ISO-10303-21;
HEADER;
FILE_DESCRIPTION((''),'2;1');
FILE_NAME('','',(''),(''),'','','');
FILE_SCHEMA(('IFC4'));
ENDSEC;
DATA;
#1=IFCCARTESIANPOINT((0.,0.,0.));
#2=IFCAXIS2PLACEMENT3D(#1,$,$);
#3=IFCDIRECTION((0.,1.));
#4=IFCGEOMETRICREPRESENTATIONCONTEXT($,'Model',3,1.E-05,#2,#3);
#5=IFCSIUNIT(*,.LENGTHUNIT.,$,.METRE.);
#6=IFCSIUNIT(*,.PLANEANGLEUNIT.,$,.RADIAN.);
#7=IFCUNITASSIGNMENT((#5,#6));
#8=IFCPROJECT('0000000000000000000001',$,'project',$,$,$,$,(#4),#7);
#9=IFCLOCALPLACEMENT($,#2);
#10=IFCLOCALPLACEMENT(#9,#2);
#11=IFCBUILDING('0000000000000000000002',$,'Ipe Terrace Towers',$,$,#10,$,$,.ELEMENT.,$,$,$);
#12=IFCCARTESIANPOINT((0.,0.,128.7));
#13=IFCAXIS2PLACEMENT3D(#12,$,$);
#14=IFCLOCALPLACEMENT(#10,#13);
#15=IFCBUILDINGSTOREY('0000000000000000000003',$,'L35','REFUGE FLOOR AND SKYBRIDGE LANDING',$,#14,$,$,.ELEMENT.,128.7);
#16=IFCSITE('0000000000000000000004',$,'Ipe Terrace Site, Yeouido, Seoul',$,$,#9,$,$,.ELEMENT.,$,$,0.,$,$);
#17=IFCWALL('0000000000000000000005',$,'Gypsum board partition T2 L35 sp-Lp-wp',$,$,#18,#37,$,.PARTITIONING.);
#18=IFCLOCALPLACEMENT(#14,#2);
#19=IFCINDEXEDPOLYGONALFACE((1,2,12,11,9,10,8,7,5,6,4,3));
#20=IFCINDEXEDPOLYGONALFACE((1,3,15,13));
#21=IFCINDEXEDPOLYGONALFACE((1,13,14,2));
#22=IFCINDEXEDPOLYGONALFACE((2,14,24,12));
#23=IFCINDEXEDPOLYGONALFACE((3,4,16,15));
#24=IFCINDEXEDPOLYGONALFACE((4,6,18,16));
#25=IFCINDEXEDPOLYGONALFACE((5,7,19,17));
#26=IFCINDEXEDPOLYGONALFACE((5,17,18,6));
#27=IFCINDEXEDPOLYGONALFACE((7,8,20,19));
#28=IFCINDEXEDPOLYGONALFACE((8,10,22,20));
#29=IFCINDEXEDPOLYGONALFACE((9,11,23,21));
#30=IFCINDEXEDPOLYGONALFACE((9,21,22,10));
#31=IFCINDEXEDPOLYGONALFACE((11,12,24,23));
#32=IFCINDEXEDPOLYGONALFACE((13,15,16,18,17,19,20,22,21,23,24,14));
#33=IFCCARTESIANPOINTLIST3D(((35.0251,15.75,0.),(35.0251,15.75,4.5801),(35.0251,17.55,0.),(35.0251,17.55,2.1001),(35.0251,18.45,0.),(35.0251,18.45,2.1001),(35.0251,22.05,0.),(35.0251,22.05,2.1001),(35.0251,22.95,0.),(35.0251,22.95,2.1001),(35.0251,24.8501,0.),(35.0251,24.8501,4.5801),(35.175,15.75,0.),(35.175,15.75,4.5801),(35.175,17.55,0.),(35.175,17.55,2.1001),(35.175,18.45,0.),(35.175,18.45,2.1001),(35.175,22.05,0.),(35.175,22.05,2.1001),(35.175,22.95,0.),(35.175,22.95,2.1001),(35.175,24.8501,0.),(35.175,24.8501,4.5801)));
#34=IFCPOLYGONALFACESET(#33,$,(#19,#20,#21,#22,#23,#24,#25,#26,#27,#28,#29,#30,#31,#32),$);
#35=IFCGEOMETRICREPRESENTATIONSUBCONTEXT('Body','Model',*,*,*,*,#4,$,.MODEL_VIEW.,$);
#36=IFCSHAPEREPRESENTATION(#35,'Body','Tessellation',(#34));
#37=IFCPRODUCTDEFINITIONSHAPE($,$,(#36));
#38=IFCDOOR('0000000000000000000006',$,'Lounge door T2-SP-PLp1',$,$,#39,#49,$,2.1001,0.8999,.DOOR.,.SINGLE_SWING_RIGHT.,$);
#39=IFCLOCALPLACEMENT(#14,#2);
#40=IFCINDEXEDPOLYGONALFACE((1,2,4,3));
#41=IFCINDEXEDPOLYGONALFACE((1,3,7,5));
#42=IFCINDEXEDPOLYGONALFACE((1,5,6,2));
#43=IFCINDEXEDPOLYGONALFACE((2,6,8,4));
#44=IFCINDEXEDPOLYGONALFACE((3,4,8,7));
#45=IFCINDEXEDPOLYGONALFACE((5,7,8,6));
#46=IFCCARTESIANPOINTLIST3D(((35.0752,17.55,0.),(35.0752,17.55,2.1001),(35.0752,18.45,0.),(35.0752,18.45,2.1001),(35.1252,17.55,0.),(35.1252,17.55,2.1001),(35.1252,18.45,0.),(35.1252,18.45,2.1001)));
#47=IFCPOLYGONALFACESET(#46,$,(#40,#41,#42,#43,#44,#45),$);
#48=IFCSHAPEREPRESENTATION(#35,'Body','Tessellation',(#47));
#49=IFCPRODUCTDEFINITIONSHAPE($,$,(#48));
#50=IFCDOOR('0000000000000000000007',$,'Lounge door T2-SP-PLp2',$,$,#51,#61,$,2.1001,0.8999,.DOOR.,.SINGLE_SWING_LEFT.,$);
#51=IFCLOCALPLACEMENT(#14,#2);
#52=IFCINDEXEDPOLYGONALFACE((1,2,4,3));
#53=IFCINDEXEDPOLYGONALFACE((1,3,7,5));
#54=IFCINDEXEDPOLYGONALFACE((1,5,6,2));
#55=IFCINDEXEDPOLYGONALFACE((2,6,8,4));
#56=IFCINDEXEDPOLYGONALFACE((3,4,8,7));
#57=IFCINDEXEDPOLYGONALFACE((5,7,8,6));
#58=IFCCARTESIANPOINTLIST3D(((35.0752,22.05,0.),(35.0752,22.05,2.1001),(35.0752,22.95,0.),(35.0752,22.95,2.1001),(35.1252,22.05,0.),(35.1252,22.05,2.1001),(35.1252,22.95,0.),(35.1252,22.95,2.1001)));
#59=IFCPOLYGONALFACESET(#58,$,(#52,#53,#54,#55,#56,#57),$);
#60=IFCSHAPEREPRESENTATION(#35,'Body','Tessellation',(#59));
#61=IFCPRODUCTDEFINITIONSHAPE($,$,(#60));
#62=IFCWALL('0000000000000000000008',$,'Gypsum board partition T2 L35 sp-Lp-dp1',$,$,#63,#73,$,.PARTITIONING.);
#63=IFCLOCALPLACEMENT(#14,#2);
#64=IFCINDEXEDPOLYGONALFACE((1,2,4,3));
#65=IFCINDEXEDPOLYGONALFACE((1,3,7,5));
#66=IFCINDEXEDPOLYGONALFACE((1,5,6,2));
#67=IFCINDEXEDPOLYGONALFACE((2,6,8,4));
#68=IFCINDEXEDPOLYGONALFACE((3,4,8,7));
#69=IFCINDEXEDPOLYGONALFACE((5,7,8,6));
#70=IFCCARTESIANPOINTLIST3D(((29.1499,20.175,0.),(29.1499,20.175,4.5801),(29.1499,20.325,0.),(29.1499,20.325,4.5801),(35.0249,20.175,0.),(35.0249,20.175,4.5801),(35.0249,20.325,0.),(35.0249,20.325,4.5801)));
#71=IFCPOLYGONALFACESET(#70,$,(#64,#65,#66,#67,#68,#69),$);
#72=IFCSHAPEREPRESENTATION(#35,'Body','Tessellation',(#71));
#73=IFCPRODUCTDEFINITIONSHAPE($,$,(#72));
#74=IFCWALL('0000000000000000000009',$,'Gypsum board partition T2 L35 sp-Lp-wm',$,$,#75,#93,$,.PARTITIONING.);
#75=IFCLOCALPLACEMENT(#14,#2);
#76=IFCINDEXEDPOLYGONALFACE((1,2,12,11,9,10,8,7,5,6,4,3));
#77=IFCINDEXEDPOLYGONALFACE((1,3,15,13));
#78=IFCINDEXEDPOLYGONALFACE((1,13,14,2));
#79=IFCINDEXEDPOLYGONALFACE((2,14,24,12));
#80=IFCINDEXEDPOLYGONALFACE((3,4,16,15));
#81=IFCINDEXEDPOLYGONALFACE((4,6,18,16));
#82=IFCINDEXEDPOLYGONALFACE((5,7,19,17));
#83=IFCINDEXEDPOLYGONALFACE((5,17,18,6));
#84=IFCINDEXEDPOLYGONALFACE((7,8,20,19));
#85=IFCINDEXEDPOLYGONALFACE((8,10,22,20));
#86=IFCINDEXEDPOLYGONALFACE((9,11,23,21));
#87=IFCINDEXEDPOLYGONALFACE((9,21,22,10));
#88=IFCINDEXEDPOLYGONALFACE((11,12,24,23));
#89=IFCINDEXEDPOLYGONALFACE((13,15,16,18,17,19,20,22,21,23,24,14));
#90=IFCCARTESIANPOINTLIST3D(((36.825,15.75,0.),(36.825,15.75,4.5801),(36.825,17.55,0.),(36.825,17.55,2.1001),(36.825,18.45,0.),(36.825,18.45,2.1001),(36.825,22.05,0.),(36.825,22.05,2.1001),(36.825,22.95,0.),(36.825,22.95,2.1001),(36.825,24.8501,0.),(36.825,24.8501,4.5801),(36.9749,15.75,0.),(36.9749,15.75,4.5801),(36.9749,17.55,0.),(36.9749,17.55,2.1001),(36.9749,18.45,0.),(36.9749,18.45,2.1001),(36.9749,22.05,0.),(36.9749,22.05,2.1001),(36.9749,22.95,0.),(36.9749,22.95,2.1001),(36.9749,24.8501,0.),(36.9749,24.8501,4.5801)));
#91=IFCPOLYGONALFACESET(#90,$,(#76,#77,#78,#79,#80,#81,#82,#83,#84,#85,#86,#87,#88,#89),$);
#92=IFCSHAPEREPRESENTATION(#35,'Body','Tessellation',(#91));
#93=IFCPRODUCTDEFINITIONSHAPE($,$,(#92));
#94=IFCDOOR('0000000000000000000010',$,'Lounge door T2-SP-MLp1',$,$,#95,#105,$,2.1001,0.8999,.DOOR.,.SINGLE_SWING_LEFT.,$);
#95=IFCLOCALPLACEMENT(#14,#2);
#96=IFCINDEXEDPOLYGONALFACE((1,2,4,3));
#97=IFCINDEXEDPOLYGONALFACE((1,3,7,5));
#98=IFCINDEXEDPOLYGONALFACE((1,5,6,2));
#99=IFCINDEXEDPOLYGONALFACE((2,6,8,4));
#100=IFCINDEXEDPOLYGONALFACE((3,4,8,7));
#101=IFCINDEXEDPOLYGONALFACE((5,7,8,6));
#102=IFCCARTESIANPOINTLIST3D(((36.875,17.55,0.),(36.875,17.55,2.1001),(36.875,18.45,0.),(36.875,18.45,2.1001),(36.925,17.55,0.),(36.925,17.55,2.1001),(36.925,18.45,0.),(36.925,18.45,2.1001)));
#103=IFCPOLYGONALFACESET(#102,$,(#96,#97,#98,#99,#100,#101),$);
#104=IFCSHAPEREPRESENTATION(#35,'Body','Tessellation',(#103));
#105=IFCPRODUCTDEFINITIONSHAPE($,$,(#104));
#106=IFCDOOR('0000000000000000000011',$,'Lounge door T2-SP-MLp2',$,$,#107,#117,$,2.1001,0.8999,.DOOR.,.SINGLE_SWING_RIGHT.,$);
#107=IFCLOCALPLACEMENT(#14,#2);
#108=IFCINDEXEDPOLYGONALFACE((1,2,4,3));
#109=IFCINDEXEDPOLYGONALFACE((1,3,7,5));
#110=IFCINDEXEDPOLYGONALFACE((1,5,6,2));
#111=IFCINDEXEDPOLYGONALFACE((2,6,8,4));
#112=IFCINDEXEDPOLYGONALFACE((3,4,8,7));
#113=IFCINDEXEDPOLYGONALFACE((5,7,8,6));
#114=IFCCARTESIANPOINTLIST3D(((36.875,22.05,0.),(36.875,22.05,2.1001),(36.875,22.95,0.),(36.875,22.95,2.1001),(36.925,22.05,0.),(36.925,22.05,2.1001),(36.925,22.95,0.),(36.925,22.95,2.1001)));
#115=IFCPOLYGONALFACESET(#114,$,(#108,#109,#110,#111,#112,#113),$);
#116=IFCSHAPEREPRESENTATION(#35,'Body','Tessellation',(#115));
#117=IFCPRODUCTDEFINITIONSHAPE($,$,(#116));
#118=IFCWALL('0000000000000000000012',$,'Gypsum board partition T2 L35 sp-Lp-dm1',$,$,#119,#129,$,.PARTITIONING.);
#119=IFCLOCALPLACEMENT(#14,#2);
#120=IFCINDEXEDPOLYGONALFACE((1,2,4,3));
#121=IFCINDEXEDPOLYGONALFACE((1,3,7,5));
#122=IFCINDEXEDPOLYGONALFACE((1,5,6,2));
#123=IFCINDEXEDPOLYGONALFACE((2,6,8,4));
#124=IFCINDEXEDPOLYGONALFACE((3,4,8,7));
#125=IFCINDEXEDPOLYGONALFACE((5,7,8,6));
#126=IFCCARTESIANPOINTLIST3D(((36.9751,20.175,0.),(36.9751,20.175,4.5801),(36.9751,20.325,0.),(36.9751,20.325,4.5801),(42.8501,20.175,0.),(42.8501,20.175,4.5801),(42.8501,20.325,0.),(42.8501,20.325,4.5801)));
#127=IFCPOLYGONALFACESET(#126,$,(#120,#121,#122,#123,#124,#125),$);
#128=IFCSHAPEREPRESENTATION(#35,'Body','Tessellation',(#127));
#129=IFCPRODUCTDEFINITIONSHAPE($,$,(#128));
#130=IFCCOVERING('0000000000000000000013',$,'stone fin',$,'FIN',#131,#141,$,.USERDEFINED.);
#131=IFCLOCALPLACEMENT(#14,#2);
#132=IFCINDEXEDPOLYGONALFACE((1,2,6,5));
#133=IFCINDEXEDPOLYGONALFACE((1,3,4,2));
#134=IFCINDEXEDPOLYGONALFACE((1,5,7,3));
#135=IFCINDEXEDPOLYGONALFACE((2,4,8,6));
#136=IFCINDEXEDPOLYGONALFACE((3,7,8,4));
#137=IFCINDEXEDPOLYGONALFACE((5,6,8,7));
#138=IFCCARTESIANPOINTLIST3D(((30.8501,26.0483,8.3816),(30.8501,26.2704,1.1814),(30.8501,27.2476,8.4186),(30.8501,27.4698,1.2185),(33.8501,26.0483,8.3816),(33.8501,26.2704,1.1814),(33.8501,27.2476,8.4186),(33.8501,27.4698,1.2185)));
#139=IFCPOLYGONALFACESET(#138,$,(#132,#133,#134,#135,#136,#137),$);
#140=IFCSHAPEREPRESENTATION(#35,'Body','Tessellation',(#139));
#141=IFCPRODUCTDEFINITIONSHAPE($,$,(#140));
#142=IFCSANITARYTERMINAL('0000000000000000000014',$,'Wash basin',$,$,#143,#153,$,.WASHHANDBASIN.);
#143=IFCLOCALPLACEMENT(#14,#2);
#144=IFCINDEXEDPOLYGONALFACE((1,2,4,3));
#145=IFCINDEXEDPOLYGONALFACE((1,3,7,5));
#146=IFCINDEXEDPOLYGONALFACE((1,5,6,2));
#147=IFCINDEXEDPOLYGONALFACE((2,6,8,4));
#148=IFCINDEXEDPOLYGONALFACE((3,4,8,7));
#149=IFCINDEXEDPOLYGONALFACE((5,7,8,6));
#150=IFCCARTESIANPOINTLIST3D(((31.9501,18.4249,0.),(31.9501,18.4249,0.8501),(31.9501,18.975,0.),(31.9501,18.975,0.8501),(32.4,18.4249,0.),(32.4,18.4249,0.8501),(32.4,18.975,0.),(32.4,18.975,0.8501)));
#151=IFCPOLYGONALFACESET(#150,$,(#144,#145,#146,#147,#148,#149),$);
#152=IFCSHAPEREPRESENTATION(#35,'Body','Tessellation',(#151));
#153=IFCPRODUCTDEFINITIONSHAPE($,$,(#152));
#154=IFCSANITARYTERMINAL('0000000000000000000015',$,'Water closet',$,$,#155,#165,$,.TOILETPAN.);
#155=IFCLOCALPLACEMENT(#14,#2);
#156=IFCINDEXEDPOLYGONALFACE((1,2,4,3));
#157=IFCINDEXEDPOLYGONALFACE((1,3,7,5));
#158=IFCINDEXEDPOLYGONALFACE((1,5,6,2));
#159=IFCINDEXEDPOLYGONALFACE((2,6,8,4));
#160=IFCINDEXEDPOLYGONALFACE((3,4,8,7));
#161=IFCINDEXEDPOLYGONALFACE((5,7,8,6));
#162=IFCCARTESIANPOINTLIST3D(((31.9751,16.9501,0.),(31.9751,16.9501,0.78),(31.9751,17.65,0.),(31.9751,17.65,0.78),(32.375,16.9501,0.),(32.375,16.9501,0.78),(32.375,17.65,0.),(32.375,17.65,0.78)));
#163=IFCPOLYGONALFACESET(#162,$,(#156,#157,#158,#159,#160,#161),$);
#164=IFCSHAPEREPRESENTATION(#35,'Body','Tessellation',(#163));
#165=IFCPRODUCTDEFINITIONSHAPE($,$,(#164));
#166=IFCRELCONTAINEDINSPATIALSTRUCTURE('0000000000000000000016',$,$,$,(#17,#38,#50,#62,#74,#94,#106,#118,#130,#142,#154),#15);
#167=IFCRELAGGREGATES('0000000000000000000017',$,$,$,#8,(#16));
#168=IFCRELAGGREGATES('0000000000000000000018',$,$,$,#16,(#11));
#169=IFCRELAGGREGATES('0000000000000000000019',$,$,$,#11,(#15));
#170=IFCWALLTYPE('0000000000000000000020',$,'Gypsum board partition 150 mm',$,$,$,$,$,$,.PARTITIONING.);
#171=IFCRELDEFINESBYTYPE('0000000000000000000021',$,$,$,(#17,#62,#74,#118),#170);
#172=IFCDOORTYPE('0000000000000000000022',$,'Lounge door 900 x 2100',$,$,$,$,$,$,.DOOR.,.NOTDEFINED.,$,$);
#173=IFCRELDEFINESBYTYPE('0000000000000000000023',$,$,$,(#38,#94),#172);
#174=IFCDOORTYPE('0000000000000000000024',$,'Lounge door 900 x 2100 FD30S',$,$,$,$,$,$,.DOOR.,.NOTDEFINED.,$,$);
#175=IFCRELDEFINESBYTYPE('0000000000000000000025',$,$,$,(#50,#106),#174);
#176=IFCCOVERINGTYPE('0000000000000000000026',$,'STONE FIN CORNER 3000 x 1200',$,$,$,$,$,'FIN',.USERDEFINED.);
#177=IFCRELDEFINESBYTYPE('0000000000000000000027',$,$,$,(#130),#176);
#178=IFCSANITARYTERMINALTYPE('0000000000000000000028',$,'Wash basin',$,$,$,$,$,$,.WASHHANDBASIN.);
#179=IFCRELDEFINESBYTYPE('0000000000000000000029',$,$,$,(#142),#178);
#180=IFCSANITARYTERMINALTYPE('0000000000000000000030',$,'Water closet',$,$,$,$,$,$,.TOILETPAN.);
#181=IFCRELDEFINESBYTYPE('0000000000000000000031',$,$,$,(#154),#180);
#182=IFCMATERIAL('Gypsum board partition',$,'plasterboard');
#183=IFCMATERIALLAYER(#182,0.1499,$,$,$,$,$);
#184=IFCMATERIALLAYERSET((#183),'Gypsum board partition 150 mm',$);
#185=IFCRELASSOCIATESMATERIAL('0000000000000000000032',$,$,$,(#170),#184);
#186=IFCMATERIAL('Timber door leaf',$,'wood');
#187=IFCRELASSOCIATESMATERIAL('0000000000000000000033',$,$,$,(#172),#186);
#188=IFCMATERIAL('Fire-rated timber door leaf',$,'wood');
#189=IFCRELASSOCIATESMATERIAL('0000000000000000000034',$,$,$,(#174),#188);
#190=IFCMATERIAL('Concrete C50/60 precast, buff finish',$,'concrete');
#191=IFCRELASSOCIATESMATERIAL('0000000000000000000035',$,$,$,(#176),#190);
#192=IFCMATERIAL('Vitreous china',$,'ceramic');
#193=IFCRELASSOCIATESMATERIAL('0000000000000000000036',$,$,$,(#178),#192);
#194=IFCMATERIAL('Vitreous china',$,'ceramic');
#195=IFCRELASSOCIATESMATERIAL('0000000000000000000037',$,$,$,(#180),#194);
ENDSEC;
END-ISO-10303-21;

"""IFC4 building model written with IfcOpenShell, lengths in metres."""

from ifc_helpers import new_model, si_unit, direction, frame, frame_2d, origin, origin_2d, place, context, subcontext, project, spatial, rectangle, extrude, material, layer, layer_set, material_profile, profile_set, type_object, element, fill, save


model = new_model("IFC4")

# Units and contexts
model_context = context("Model", 3, precision=1e-05, world=origin(), true_north=direction((0.0, 1.0)))
body_context = subcontext(model_context, "Body", "Model", "MODEL_VIEW")
ifc_project = project(units=[si_unit("LENGTHUNIT", "METRE"), si_unit("PLANEANGLEUNIT", "RADIAN")], contexts=[model_context])

# Site, building, storey
site_placement = place(None, origin())
site = spatial("IfcSite", under=ifc_project, at=site_placement, Name="Ipe Terrace Site, Yeouido, Seoul", CompositionType="ELEMENT", RefElevation=0.0)
building_placement = place(site_placement, origin())
building = spatial("IfcBuilding", under=site, at=building_placement, Name="Ipe Terrace Towers", CompositionType="ELEMENT")
storey_placement = place(building_placement, frame((0.0, 0.0, 128.7)))
storey = spatial("IfcBuildingStorey", under=building, at=storey_placement, Name="L35", Description="REFUGE FLOOR AND SKYBRIDGE LANDING", CompositionType="ELEMENT", Elevation=128.7)

# Wall, openings, doors
ifc_material_1 = material(Name="Gypsum board partition", Category="plasterboard")
ifc_layer_1 = layer(ifc_material_1, 0.1499)
ifc_layer_set_1 = layer_set([ifc_layer_1], Name="Gypsum board partition 150 mm")
wall_type_1 = type_object("IfcWallType", Name="Gypsum board partition 150 mm", PredefinedType="PARTITIONING", material=ifc_layer_set_1)
wall_1_placement = place(storey_placement, frame((35.1001, 15.75, 0.0), z_axis=(0.0, 0.0, 1.0), x_axis=(0.0, 1.0, 0.0)))
wall_1 = element("IfcWall", 1, at=wall_1_placement, inside=storey, type_object=wall_type_1, Name="Gypsum board partition T2 L35 sp-Lp-wp", PredefinedType="PARTITIONING", context=body_context, shape_type="SweptSolid", body=[
    extrude(rectangle(XDim=9.1001, YDim=0.1499, at=frame_2d((4.55, 0.0))), origin(), (0.0, 0.0, 1.0), 4.5801),
])
opening_1_placement = place(wall_1_placement, frame((1.8, 0.0, 0.0)))
opening_1 = element("IfcOpeningElement", 2, at=opening_1_placement, cuts=wall_1, PredefinedType="OPENING", context=body_context, shape_type="SweptSolid", body=[
    extrude(rectangle(XDim=0.8999, YDim=2.1001, at=frame_2d((0.45, 1.05))), frame((0.0, 0.085, 0.0), z_axis=(0.0, -1.0, 0.0), x_axis=(1.0, 0.0, 0.0)), (0.0, 0.0, 1.0), 0.1699),
])
opening_2_placement = place(wall_1_placement, frame((6.3, 0.0, 0.0)))
opening_2 = element("IfcOpeningElement", 3, at=opening_2_placement, cuts=wall_1, PredefinedType="OPENING", context=body_context, shape_type="SweptSolid", body=[
    extrude(rectangle(XDim=0.8999, YDim=2.1001, at=frame_2d((0.45, 1.05))), frame((0.0, 0.085, 0.0), z_axis=(0.0, -1.0, 0.0), x_axis=(1.0, 0.0, 0.0)), (0.0, 0.0, 1.0), 0.1699),
])
ifc_material_2 = material(Name="Timber door leaf", Category="wood")
door_type_1 = type_object("IfcDoorType", Name="Lounge door 900 x 2100", OperationType="NOTDEFINED", PredefinedType="DOOR", material=ifc_material_2)
door_1_placement = place(opening_1_placement, origin())
door_1 = element("IfcDoor", 4, at=door_1_placement, inside=storey, type_object=door_type_1, Name="Lounge door T2-SP-PLp1", OperationType="SINGLE_SWING_RIGHT", OverallHeight=2.1001, OverallWidth=0.8999, PredefinedType="DOOR", context=body_context, shape_type="SweptSolid", body=[
    extrude(rectangle(XDim=0.8999, YDim=2.1001, at=frame_2d((0.45, 1.05))), frame((0.0, 0.0249, 0.0), z_axis=(0.0, -1.0, 0.0), x_axis=(1.0, 0.0, 0.0)), (0.0, 0.0, 1.0), 0.05),
])
fill(opening_1, door_1)
ifc_material_3 = material(Name="Fire-rated timber door leaf", Category="wood")
door_type_2 = type_object("IfcDoorType", Name="Lounge door 900 x 2100 FD30S", OperationType="NOTDEFINED", PredefinedType="DOOR", material=ifc_material_3)
door_2_placement = place(opening_2_placement, origin())
door_2 = element("IfcDoor", 5, at=door_2_placement, inside=storey, type_object=door_type_2, Name="Lounge door T2-SP-PLp2", OperationType="SINGLE_SWING_LEFT", OverallHeight=2.1001, OverallWidth=0.8999, PredefinedType="DOOR", context=body_context, shape_type="SweptSolid", body=[
    extrude(rectangle(XDim=0.8999, YDim=2.1001, at=frame_2d((0.45, 1.05))), frame((0.0, 0.0249, 0.0), z_axis=(0.0, -1.0, 0.0), x_axis=(1.0, 0.0, 0.0)), (0.0, 0.0, 1.0), 0.05),
])
fill(opening_2, door_2)

# Wall
wall_2_placement = place(storey_placement, frame((35.0249, 20.25, 0.0), z_axis=(0.0, 0.0, 1.0), x_axis=(-1.0, 0.0, 0.0)))
element("IfcWall", 6, at=wall_2_placement, inside=storey, type_object=wall_type_1, Name="Gypsum board partition T2 L35 sp-Lp-dp1", PredefinedType="PARTITIONING", context=body_context, shape_type="SweptSolid", body=[
    extrude(rectangle(XDim=5.875, YDim=0.1499, at=frame_2d((2.9375, 0.0))), origin(), (0.0, 0.0, 1.0), 4.5801),
])

# Wall, openings, doors
wall_3_placement = place(storey_placement, frame((36.8999, 15.75, 0.0), z_axis=(0.0, 0.0, 1.0), x_axis=(0.0, 1.0, 0.0)))
wall_3 = element("IfcWall", 7, at=wall_3_placement, inside=storey, type_object=wall_type_1, Name="Gypsum board partition T2 L35 sp-Lp-wm", PredefinedType="PARTITIONING", context=body_context, shape_type="SweptSolid", body=[
    extrude(rectangle(XDim=9.1001, YDim=0.1499, at=frame_2d((4.55, 0.0))), origin(), (0.0, 0.0, 1.0), 4.5801),
])
opening_3_placement = place(wall_3_placement, frame((1.8, 0.0, 0.0)))
opening_3 = element("IfcOpeningElement", 8, at=opening_3_placement, cuts=wall_3, PredefinedType="OPENING", context=body_context, shape_type="SweptSolid", body=[
    extrude(rectangle(XDim=0.8999, YDim=2.1001, at=frame_2d((0.45, 1.05))), frame((0.0, 0.085, 0.0), z_axis=(0.0, -1.0, 0.0), x_axis=(1.0, 0.0, 0.0)), (0.0, 0.0, 1.0), 0.1699),
])
opening_4_placement = place(wall_3_placement, frame((6.3, 0.0, 0.0)))
opening_4 = element("IfcOpeningElement", 9, at=opening_4_placement, cuts=wall_3, PredefinedType="OPENING", context=body_context, shape_type="SweptSolid", body=[
    extrude(rectangle(XDim=0.8999, YDim=2.1001, at=frame_2d((0.45, 1.05))), frame((0.0, 0.085, 0.0), z_axis=(0.0, -1.0, 0.0), x_axis=(1.0, 0.0, 0.0)), (0.0, 0.0, 1.0), 0.1699),
])
door_3_placement = place(opening_3_placement, origin())
door_3 = element("IfcDoor", 10, at=door_3_placement, inside=storey, type_object=door_type_1, Name="Lounge door T2-SP-MLp1", OperationType="SINGLE_SWING_LEFT", OverallHeight=2.1001, OverallWidth=0.8999, PredefinedType="DOOR", context=body_context, shape_type="SweptSolid", body=[
    extrude(rectangle(XDim=0.8999, YDim=2.1001, at=frame_2d((0.45, 1.05))), frame((0.0, 0.0249, 0.0), z_axis=(0.0, -1.0, 0.0), x_axis=(1.0, 0.0, 0.0)), (0.0, 0.0, 1.0), 0.05),
])
fill(opening_3, door_3)
door_4_placement = place(opening_4_placement, origin())
door_4 = element("IfcDoor", 11, at=door_4_placement, inside=storey, type_object=door_type_2, Name="Lounge door T2-SP-MLp2", OperationType="SINGLE_SWING_RIGHT", OverallHeight=2.1001, OverallWidth=0.8999, PredefinedType="DOOR", context=body_context, shape_type="SweptSolid", body=[
    extrude(rectangle(XDim=0.8999, YDim=2.1001, at=frame_2d((0.45, 1.05))), frame((0.0, 0.0249, 0.0), z_axis=(0.0, -1.0, 0.0), x_axis=(1.0, 0.0, 0.0)), (0.0, 0.0, 1.0), 0.05),
])
fill(opening_4, door_4)

# Wall
wall_4_placement = place(storey_placement, frame((36.9751, 20.25, 0.0), z_axis=(0.0, 0.0, 1.0), x_axis=(1.0, 0.0, 0.0)))
element("IfcWall", 12, at=wall_4_placement, inside=storey, type_object=wall_type_1, Name="Gypsum board partition T2 L35 sp-Lp-dm1", PredefinedType="PARTITIONING", context=body_context, shape_type="SweptSolid", body=[
    extrude(rectangle(XDim=5.875, YDim=0.1499, at=frame_2d((2.9375, 0.0))), origin(), (0.0, 0.0, 1.0), 4.5801),
])

# Covering
ifc_material_4 = material(Name="Concrete C50/60 precast, buff finish", Category="concrete")
ifc_material_profile_1 = material_profile(ifc_material_4, rectangle(XDim=3.0, YDim=1.2, at=origin_2d()), Name="STONE FIN CORNER 3000 x 1200")
ifc_profile_set_1 = profile_set([ifc_material_profile_1], Name="Concrete C50/60 precast, buff finish")
covering_type = type_object("IfcCoveringType", Name="STONE FIN CORNER 3000 x 1200", ElementType="FIN", PredefinedType="USERDEFINED", material=ifc_profile_set_1)
covering_placement = place(storey_placement, frame((32.3501, 26.8701, 1.2), z_axis=(0.0, -0.030841, 0.999524), x_axis=(-1.0, 0.0, 0.0)))
element("IfcCovering", 13, at=covering_placement, inside=storey, type_object=covering_type, Name="stone fin", ObjectType="FIN", PredefinedType="USERDEFINED", context=body_context, shape_type="SweptSolid", body=[
    extrude(rectangle(XDim=3.0, YDim=1.2, at=origin_2d()), origin(), (0.0, 0.0, 1.0), 7.2036),
])

# Sanitary terminals
ifc_material_5 = material(Name="Vitreous china", Category="ceramic")
sanitary_terminal_type_1 = type_object("IfcSanitaryTerminalType", Name="Wash basin", PredefinedType="WASHHANDBASIN", material=ifc_material_5)
sanitary_terminal_1_placement = place(storey_placement, frame((32.175, 18.7, 0.0), z_axis=(0.0, 0.0, 1.0), x_axis=(0.0, 1.0, 0.0)))
element("IfcSanitaryTerminal", 14, at=sanitary_terminal_1_placement, inside=storey, type_object=sanitary_terminal_type_1, Name="Wash basin", PredefinedType="WASHHANDBASIN", context=body_context, shape_type="SweptSolid", body=[
    extrude(rectangle(XDim=0.55, YDim=0.45, at=origin_2d()), origin(), (0.0, 0.0, 1.0), 0.8501),
])
ifc_material_6 = material(Name="Vitreous china", Category="ceramic")
sanitary_terminal_type_2 = type_object("IfcSanitaryTerminalType", Name="Water closet", PredefinedType="TOILETPAN", material=ifc_material_6)
sanitary_terminal_2_placement = place(storey_placement, frame((32.175, 17.3, 0.0), z_axis=(0.0, 0.0, 1.0), x_axis=(0.0, 1.0, 0.0)))
element("IfcSanitaryTerminal", 15, at=sanitary_terminal_2_placement, inside=storey, type_object=sanitary_terminal_type_2, Name="Water closet", PredefinedType="TOILETPAN", context=body_context, shape_type="SweptSolid", body=[
    extrude(rectangle(XDim=0.7, YDim=0.3999, at=origin_2d()), origin(), (0.0, 0.0, 1.0), 0.78),
])

save(model, "model.ifc")
